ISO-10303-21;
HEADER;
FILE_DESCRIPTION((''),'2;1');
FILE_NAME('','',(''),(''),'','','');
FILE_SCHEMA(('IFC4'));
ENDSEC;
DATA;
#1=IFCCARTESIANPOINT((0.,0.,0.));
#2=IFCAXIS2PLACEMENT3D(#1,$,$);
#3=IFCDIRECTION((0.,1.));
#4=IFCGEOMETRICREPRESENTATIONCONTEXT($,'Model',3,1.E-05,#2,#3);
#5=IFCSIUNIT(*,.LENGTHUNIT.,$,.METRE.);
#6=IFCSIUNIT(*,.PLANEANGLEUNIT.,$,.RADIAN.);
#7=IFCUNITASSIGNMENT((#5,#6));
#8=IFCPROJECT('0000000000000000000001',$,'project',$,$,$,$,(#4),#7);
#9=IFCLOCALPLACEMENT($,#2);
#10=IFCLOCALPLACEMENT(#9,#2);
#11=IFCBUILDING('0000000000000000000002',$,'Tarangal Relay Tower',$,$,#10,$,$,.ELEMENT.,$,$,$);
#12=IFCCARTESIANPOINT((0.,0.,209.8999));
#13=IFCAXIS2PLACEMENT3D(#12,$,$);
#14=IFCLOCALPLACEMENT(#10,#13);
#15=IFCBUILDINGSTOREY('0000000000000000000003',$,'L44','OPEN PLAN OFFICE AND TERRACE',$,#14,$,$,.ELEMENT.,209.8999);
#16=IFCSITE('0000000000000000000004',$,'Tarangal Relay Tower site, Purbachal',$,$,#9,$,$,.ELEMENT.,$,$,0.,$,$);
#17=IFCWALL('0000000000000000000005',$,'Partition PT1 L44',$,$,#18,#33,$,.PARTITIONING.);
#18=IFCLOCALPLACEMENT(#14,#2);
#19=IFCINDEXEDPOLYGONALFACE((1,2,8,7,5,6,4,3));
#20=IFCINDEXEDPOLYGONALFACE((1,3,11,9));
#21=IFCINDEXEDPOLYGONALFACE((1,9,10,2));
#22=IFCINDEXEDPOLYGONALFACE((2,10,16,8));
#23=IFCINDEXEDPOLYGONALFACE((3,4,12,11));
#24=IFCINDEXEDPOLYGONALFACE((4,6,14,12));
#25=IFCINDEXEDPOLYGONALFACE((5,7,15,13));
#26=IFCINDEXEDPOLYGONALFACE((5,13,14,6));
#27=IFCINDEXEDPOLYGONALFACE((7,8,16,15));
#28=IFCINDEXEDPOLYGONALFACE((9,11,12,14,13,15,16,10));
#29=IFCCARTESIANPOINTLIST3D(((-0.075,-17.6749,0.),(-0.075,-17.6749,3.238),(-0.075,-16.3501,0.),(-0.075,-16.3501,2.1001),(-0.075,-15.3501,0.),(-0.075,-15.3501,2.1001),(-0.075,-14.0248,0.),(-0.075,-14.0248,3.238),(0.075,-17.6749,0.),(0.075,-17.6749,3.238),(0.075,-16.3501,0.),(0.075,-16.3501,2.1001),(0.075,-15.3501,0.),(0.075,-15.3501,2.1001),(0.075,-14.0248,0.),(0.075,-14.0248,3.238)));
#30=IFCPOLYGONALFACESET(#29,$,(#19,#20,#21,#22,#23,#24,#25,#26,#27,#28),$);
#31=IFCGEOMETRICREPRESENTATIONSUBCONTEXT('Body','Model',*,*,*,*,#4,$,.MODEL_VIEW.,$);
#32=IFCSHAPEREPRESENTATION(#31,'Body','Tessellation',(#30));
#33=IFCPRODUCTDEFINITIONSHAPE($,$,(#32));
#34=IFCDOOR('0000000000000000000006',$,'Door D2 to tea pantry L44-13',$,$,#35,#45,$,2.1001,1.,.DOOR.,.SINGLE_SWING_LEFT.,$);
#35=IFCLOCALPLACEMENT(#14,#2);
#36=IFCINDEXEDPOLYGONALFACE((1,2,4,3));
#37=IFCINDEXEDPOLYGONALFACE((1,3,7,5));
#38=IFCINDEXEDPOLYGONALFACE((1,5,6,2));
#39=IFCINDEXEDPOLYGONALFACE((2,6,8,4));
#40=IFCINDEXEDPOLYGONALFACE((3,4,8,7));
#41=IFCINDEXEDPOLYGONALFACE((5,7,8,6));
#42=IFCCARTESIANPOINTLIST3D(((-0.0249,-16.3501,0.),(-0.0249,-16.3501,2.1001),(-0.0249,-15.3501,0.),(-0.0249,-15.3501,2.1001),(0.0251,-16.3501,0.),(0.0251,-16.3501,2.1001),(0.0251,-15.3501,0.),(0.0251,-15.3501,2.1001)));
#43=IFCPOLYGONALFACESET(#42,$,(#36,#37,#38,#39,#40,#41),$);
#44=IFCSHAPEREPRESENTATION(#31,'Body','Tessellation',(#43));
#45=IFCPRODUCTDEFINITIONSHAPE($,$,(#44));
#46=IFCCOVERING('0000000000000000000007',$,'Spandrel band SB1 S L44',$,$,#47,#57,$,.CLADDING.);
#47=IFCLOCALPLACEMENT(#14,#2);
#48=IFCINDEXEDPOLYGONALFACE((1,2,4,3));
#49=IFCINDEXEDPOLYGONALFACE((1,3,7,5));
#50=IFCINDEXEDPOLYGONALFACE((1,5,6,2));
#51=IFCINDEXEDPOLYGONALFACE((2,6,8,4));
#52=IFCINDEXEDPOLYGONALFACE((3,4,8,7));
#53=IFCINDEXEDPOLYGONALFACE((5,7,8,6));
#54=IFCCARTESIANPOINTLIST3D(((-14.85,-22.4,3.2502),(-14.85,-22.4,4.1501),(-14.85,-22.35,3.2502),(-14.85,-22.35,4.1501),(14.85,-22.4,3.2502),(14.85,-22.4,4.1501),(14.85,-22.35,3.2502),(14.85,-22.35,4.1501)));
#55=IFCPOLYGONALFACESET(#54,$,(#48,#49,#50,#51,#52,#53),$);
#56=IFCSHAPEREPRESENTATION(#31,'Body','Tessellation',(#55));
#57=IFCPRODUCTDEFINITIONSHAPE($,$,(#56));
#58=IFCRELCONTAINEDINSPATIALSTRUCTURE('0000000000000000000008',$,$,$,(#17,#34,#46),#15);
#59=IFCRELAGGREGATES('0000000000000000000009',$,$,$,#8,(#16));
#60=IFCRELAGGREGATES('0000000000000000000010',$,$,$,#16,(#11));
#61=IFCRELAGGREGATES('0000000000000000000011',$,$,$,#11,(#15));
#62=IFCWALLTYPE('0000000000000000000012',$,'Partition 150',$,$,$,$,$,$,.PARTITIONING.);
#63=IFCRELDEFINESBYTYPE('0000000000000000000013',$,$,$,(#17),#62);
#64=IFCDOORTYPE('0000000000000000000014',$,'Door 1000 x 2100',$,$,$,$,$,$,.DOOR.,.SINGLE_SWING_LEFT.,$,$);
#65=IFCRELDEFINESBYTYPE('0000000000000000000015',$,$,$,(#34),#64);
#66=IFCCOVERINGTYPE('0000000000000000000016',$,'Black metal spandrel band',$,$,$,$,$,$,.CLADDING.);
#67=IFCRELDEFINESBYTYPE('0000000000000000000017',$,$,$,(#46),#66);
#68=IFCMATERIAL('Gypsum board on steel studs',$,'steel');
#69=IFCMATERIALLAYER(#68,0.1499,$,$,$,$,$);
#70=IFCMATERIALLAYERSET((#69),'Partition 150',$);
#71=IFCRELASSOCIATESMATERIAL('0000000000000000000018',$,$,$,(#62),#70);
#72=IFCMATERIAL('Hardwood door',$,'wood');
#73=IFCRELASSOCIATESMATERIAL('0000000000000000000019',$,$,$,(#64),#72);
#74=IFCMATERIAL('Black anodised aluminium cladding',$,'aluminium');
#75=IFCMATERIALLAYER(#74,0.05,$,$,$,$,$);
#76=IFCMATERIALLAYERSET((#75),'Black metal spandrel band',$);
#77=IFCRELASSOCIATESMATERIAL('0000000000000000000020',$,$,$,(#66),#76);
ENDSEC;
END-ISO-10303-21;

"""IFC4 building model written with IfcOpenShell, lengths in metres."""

from ifc_helpers import new_model, si_unit, direction, frame, frame_2d, origin, origin_2d, place, context, subcontext, project, spatial, rectangle, extrude, material, layer, layer_set, type_object, element, fill, save


model = new_model("IFC4")

# Units and contexts
model_context = context("Model", 3, precision=1e-05, world=origin(), true_north=direction((0.0, 1.0)))
body_context = subcontext(model_context, "Body", "Model", "MODEL_VIEW")
ifc_project = project(units=[si_unit("LENGTHUNIT", "METRE"), si_unit("PLANEANGLEUNIT", "RADIAN")], contexts=[model_context])

# Site, building, storey
site_placement = place(None, origin())
site = spatial("IfcSite", under=ifc_project, at=site_placement, Name="Tarangal Relay Tower site, Purbachal", CompositionType="ELEMENT", RefElevation=0.0)
building_placement = place(site_placement, origin())
building = spatial("IfcBuilding", under=site, at=building_placement, Name="Tarangal Relay Tower", CompositionType="ELEMENT")
storey_placement = place(building_placement, frame((0.0, 0.0, 209.8999)))
storey = spatial("IfcBuildingStorey", under=building, at=storey_placement, Name="L44", Description="OPEN PLAN OFFICE AND TERRACE", CompositionType="ELEMENT", Elevation=209.8999)

# Shared definitions
ifc_material_1 = material(Name="Gypsum board on steel studs", Category="steel")
ifc_layer_1 = layer(ifc_material_1, 0.1499)
ifc_layer_set_1 = layer_set([ifc_layer_1], Name="Partition 150")
wall_type = type_object("IfcWallType", Name="Partition 150", PredefinedType="PARTITIONING", material=ifc_layer_set_1)

# Shared definitions
ifc_material_2 = material(Name="Hardwood door", Category="wood")
door_type = type_object("IfcDoorType", Name="Door 1000 x 2100", OperationType="SINGLE_SWING_LEFT", PredefinedType="DOOR", material=ifc_material_2)

# Wall, opening, door
wall_1_placement = place(storey_placement, frame((0.0, -17.675, 0.0), z_axis=(0.0, 0.0, 1.0), x_axis=(0.0, 1.0, 0.0)))
wall_1 = element("IfcWall", 1, at=wall_1_placement, inside=storey, type_object=wall_type, Name="Partition PT1 L44", PredefinedType="PARTITIONING", context=body_context, shape_type="SweptSolid", body=[
    extrude(rectangle(XDim=3.6501, YDim=0.1499, at=frame_2d((1.8252, 0.0))), origin(), (0.0, 0.0, 1.0), 3.238),
])
opening_1_placement = place(wall_1_placement, frame((1.325, 0.0, 0.0)))
opening_1 = element("IfcOpeningElement", 2, at=opening_1_placement, cuts=wall_1, PredefinedType="OPENING", context=body_context, shape_type="SweptSolid", body=[
    extrude(rectangle(XDim=1.0, YDim=2.1001, at=frame_2d((0.5, 1.05))), frame((0.0, 0.085, 0.0), z_axis=(0.0, -1.0, 0.0), x_axis=(1.0, 0.0, 0.0)), (0.0, 0.0, 1.0), 0.1699),
])
door_1_placement = place(opening_1_placement, origin())
door_1 = element("IfcDoor", 3, at=door_1_placement, inside=storey, type_object=door_type, Name="Door D2 to tea pantry L44-13", OperationType="SINGLE_SWING_LEFT", OverallHeight=2.1001, OverallWidth=1.0, PredefinedType="DOOR", context=body_context, shape_type="SweptSolid", body=[
    extrude(rectangle(XDim=1.0, YDim=2.1001, at=frame_2d((0.5, 1.05))), frame((0.0, 0.0249, 0.0), z_axis=(0.0, -1.0, 0.0), x_axis=(1.0, 0.0, 0.0)), (0.0, 0.0, 1.0), 0.05),
])
fill(opening_1, door_1)

# Covering
ifc_material_3 = material(Name="Black anodised aluminium cladding", Category="aluminium")
ifc_layer_2 = layer(ifc_material_3, 0.05)
ifc_layer_set_2 = layer_set([ifc_layer_2], Name="Black metal spandrel band")
covering_type = type_object("IfcCoveringType", Name="Black metal spandrel band", PredefinedType="CLADDING", material=ifc_layer_set_2)
covering_placement = place(storey_placement, frame((0.0, -22.375, 3.2502), z_axis=(0.0, 0.0, 1.0), x_axis=(-1.0, 0.0, 0.0)))
element("IfcCovering", 4, at=covering_placement, inside=storey, type_object=covering_type, Name="Spandrel band SB1 S L44", PredefinedType="CLADDING", context=body_context, shape_type="SweptSolid", body=[
    extrude(rectangle(XDim=29.7, YDim=0.05, at=origin_2d()), origin(), (0.0, 0.0, 1.0), 0.8999),
])

save(model, "model.ifc")
